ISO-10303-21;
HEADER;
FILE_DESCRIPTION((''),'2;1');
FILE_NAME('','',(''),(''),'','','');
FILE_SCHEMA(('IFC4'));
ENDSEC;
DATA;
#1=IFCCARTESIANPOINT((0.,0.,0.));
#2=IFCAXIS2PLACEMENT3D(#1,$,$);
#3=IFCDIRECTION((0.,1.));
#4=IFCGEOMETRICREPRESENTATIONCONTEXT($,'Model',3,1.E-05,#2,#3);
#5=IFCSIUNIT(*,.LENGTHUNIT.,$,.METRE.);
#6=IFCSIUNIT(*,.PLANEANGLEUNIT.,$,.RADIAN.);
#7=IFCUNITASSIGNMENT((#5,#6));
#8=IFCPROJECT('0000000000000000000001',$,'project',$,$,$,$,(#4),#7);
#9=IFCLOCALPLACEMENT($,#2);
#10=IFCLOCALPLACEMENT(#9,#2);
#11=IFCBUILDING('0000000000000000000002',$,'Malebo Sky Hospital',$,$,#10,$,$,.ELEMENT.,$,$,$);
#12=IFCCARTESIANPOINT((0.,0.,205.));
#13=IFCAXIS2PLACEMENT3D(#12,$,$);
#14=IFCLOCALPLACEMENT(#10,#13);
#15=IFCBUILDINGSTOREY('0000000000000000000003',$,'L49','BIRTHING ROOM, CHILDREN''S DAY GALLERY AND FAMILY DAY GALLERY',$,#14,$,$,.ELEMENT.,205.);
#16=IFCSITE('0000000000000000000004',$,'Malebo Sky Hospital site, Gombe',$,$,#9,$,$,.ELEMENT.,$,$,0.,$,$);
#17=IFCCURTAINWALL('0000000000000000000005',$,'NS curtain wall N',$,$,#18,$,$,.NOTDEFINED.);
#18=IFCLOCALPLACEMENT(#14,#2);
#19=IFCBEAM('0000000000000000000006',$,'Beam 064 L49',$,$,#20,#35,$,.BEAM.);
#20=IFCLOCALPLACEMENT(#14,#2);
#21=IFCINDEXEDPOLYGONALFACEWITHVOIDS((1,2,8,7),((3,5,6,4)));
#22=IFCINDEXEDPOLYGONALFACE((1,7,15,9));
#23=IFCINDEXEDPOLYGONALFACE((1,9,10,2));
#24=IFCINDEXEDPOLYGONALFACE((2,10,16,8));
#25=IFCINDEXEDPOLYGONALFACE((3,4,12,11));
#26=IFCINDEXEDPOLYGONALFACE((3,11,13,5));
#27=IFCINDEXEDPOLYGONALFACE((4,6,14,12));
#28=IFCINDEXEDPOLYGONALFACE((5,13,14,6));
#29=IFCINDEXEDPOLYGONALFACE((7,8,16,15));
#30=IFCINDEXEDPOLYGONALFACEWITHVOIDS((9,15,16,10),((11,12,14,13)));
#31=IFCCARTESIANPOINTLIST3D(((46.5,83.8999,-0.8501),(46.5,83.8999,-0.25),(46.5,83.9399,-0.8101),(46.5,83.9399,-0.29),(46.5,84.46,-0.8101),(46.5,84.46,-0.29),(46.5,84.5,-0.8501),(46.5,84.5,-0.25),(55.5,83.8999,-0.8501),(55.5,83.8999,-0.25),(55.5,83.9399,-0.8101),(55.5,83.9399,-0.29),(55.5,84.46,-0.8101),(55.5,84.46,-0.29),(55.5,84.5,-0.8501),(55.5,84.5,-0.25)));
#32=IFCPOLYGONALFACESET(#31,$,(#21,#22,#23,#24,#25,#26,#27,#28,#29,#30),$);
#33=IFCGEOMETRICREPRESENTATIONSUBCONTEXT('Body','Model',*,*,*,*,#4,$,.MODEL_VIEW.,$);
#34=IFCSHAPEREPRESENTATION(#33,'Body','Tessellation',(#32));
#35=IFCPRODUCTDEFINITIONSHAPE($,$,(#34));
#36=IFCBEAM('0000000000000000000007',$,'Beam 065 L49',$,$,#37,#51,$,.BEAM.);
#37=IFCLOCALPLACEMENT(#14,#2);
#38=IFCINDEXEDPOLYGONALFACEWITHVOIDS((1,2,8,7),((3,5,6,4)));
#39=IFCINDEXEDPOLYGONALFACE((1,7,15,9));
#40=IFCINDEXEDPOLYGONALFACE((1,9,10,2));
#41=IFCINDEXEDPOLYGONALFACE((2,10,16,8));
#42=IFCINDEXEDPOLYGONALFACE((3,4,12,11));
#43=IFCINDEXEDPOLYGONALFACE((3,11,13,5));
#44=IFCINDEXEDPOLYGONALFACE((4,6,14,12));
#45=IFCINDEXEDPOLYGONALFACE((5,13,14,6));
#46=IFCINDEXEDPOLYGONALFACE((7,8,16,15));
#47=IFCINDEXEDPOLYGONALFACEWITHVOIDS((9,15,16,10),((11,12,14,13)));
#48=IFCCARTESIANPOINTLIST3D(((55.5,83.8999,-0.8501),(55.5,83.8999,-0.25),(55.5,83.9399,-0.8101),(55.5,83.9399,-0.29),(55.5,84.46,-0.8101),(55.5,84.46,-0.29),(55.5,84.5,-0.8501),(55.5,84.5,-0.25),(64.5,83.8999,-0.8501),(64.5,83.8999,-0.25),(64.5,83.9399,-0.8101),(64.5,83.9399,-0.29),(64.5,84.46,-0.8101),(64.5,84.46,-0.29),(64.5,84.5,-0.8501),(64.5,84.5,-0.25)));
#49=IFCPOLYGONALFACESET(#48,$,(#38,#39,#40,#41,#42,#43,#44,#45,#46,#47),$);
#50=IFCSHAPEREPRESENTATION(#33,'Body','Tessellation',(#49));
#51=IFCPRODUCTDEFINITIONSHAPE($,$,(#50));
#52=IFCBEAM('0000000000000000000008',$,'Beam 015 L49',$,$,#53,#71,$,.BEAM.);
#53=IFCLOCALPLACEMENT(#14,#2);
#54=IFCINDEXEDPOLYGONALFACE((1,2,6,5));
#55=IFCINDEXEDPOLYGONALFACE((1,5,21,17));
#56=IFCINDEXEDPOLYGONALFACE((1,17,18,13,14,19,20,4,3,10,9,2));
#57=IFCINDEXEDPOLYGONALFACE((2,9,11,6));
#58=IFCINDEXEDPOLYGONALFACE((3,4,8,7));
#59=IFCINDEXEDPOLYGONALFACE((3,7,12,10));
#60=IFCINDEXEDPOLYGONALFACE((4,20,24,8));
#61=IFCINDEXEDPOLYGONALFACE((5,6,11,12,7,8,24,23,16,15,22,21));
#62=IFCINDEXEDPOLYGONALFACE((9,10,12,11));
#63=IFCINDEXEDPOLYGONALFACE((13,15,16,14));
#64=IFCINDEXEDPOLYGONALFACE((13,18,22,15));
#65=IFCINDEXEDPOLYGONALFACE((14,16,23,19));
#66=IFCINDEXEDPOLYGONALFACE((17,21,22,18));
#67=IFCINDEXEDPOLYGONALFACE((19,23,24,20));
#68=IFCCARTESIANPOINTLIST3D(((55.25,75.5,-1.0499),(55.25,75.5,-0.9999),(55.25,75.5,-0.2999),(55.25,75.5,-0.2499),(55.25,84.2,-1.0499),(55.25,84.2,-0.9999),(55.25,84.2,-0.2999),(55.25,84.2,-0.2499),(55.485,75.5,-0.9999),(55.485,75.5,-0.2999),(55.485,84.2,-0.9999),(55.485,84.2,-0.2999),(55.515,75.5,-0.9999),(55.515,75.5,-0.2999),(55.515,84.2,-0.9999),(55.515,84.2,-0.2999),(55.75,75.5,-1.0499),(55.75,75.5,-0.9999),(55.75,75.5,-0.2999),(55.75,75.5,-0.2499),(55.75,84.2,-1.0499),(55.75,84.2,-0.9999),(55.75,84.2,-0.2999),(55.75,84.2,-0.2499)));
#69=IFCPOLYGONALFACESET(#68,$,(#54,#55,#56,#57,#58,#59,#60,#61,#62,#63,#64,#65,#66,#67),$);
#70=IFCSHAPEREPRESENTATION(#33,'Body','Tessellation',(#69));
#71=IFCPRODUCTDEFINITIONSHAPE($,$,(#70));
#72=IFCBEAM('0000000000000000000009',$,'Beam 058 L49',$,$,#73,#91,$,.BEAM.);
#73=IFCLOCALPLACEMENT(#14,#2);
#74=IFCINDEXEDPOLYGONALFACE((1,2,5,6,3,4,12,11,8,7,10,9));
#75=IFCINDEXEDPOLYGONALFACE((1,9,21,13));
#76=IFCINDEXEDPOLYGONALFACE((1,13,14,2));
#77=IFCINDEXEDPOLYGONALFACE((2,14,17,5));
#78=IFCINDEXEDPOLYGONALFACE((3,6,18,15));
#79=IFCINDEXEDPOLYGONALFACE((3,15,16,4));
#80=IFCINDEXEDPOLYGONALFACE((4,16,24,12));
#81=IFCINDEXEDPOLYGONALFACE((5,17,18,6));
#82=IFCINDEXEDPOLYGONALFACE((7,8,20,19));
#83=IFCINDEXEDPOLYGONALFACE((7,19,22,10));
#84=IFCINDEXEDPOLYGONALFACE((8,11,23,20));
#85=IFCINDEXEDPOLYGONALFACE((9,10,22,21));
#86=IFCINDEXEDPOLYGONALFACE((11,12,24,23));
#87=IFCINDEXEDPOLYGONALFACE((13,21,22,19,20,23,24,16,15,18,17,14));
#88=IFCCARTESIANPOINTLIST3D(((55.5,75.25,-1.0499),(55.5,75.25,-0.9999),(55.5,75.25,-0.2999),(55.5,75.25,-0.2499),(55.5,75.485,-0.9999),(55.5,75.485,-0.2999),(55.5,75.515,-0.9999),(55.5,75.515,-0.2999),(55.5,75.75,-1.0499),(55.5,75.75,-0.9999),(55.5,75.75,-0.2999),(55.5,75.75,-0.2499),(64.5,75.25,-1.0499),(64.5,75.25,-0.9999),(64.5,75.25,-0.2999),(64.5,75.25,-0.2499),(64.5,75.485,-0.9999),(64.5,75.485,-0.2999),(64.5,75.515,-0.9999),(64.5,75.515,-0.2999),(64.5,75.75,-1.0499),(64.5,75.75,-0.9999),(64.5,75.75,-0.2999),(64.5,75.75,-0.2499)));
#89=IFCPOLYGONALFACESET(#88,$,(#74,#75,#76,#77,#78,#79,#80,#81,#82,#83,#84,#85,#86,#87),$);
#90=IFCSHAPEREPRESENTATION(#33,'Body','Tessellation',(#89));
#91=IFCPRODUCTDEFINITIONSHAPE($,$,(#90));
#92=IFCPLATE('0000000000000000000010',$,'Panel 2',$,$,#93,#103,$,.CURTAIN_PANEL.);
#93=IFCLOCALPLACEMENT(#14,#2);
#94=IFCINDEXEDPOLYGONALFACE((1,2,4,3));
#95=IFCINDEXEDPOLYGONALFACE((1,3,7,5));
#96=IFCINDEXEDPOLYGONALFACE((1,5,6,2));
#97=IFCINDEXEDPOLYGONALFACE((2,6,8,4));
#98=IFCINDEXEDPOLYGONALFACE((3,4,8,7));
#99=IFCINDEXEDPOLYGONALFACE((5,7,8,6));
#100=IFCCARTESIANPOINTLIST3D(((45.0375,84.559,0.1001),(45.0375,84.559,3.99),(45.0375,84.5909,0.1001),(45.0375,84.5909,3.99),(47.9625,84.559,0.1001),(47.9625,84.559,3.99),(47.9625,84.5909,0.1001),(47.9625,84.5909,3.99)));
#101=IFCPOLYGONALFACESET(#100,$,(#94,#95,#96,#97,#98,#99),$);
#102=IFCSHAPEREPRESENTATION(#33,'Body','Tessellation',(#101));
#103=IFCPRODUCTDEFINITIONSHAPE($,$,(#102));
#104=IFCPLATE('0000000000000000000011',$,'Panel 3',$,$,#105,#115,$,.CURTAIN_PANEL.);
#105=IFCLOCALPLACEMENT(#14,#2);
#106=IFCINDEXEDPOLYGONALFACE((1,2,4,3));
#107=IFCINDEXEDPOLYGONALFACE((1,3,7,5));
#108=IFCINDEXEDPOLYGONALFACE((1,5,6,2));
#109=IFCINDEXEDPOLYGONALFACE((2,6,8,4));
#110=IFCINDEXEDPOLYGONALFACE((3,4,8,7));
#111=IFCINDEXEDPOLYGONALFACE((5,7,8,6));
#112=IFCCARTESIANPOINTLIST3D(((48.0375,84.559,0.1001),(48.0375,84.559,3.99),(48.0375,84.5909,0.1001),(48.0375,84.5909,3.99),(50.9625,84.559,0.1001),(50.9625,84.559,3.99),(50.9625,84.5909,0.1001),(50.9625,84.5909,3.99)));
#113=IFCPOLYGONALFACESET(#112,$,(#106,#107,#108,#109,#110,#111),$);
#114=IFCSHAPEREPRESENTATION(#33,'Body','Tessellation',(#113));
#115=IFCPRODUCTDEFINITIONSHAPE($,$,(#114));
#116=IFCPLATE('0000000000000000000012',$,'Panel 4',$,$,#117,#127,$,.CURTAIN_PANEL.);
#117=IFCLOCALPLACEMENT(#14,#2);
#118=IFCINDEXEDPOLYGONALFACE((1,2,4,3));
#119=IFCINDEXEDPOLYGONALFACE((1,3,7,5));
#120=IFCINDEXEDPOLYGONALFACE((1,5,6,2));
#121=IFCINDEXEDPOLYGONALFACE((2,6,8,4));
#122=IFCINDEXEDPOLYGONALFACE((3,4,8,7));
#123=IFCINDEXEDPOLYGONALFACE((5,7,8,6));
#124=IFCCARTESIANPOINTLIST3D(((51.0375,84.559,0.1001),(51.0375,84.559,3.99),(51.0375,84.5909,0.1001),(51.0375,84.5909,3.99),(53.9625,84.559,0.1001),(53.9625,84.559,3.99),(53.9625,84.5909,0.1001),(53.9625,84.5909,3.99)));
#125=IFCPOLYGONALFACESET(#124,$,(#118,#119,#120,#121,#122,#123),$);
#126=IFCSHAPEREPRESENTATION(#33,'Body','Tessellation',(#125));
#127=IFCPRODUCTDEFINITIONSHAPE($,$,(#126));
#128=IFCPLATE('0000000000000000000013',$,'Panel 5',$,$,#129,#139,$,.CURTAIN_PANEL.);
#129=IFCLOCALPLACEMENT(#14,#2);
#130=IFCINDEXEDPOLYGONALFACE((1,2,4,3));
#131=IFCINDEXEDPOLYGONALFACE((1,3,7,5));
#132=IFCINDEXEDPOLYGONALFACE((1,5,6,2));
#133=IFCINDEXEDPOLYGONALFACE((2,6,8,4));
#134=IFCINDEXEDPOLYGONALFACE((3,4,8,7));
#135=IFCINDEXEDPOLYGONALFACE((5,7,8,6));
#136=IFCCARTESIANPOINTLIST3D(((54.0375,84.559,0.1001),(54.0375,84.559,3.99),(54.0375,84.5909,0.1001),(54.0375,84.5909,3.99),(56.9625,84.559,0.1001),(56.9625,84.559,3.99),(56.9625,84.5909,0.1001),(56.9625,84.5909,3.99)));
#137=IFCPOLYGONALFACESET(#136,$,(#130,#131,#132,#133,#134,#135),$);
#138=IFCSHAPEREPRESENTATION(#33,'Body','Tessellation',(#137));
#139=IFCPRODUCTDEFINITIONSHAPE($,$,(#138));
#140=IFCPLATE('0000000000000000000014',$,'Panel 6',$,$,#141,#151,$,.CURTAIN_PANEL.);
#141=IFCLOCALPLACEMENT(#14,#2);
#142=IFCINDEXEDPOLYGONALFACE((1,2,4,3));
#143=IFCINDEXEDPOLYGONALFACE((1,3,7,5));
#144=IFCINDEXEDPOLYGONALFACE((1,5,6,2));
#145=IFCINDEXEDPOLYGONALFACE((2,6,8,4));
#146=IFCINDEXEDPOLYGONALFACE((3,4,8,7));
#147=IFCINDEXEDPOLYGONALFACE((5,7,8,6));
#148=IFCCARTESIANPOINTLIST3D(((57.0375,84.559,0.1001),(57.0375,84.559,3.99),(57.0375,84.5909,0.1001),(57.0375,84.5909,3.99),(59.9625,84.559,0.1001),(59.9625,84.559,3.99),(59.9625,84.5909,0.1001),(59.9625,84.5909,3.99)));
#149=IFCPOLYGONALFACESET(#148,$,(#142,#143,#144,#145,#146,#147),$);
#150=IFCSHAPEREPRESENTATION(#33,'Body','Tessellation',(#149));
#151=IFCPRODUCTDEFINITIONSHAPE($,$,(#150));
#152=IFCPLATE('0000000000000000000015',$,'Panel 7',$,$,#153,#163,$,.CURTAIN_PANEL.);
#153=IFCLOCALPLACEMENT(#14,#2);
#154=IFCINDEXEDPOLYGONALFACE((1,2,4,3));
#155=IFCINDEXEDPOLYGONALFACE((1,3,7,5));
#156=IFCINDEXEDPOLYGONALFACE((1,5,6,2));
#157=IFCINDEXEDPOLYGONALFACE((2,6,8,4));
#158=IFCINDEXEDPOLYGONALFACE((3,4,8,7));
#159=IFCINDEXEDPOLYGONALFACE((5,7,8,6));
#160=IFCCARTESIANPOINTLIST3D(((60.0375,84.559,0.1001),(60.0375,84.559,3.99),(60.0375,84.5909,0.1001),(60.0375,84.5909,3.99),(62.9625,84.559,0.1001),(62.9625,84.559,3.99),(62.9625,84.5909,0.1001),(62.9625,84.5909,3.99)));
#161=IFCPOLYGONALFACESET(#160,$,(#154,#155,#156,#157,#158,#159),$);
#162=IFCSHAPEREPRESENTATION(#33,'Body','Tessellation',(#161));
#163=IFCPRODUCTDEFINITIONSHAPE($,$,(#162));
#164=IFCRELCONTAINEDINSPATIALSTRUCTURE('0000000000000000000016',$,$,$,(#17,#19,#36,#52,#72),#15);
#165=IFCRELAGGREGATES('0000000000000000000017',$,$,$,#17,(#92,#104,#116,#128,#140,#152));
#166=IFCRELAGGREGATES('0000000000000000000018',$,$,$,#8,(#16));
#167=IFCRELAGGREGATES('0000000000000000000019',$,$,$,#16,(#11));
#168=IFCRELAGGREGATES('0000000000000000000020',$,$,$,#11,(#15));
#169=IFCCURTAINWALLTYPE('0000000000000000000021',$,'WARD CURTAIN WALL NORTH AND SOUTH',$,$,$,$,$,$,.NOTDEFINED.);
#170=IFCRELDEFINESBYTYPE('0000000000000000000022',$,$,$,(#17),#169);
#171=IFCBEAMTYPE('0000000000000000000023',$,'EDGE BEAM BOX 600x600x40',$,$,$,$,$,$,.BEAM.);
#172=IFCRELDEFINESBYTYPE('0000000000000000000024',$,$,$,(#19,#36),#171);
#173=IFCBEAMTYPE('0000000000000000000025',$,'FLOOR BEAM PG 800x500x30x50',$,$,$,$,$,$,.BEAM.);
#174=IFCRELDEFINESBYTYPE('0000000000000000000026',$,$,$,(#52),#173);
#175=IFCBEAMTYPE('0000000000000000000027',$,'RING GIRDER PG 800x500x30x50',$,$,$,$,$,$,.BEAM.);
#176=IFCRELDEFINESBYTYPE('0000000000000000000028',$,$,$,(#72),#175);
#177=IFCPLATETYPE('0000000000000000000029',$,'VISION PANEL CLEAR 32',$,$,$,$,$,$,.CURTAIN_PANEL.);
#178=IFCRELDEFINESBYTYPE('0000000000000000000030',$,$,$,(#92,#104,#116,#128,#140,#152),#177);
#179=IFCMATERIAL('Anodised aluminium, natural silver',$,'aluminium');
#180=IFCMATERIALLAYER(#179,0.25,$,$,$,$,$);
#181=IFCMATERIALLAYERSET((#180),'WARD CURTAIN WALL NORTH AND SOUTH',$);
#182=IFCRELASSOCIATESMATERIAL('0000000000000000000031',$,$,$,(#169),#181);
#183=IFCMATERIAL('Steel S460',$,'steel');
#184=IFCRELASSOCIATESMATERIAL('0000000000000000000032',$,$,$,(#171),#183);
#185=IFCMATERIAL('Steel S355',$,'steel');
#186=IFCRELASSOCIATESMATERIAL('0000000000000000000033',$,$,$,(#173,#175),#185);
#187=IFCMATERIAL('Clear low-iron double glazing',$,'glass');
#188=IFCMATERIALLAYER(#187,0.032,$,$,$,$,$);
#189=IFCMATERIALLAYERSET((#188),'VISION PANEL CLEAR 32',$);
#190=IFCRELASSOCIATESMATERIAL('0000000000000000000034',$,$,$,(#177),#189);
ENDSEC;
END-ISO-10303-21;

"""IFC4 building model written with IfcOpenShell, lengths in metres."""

from ifc_helpers import new_model, si_unit, direction, frame, origin, origin_2d, place, context, subcontext, project, spatial, rectangle, hollow_rectangle, i_section, extrude, material, layer, layer_set, material_profile, profile_set, type_object, element, aggregate, save


model = new_model("IFC4")

# Units and contexts
model_context = context("Model", 3, precision=1e-05, world=origin(), true_north=direction((0.0, 1.0)))
body_context = subcontext(model_context, "Body", "Model", "MODEL_VIEW")
ifc_project = project(units=[si_unit("LENGTHUNIT", "METRE"), si_unit("PLANEANGLEUNIT", "RADIAN")], contexts=[model_context])

# Site, building, storey
site_placement = place(None, origin())
site = spatial("IfcSite", under=ifc_project, at=site_placement, Name="Malebo Sky Hospital site, Gombe", CompositionType="ELEMENT", RefElevation=0.0)
building_placement = place(site_placement, origin())
building = spatial("IfcBuilding", under=site, at=building_placement, Name="Malebo Sky Hospital", CompositionType="ELEMENT")
storey_placement = place(building_placement, frame((0.0, 0.0, 205.0)))
storey = spatial("IfcBuildingStorey", under=building, at=storey_placement, Name="L49", Description="BIRTHING ROOM, CHILDREN'S DAY GALLERY AND FAMILY DAY GALLERY", CompositionType="ELEMENT", Elevation=205.0)

# Shared definitions
ifc_material_1 = material(Name="Steel S460", Category="steel")

# Curtain wall
ifc_material_2 = material(Name="Anodised aluminium, natural silver", Category="aluminium")
ifc_layer_1 = layer(ifc_material_2, 0.25)
ifc_layer_set_1 = layer_set([ifc_layer_1], Name="WARD CURTAIN WALL NORTH AND SOUTH")
curtain_wall_type = type_object("IfcCurtainWallType", Name="WARD CURTAIN WALL NORTH AND SOUTH", PredefinedType="NOTDEFINED", material=ifc_layer_set_1)
curtain_wall_placement = place(storey_placement, origin())
curtain_wall = element("IfcCurtainWall", 1, at=curtain_wall_placement, inside=storey, type_object=curtain_wall_type, Name="NS curtain wall N", PredefinedType="NOTDEFINED")

# Beams
ifc_material_profile_1 = material_profile(ifc_material_1, hollow_rectangle(XDim=0.6001, YDim=0.6001, WallThickness=0.04, at=origin_2d()), Name="BOX 600x600x40")
ifc_profile_set_1 = profile_set([ifc_material_profile_1], Name="Steel S460")
beam_type_1 = type_object("IfcBeamType", Name="EDGE BEAM BOX 600x600x40", PredefinedType="BEAM", material=ifc_profile_set_1)
for number, where, z_axis, x_axis, name in (
    (2, (46.5, 84.2, -0.55), (1.0, 0.0, 0.0), (0.0, 1.0, 0.0), "Beam 064 L49"),
    (3, (55.5, 84.2, -0.55), (1.0, 0.0, 0.0), (0.0, 1.0, 0.0), "Beam 065 L49"),
):
    element("IfcBeam", number, at=place(storey_placement, frame(where, z_axis=z_axis, x_axis=x_axis)), inside=storey, type_object=beam_type_1, Name=name, PredefinedType="BEAM", context=body_context, shape_type="SweptSolid", body=[
        extrude(hollow_rectangle(XDim=0.6001, YDim=0.6001, WallThickness=0.04, at=origin_2d()), origin(), (0.0, 0.0, 1.0), 9.0),
    ])
ifc_material_3 = material(Name="Steel S355", Category="steel")
ifc_material_profile_2 = material_profile(ifc_material_3, i_section(OverallWidth=0.5, OverallDepth=0.8, WebThickness=0.03, FlangeThickness=0.05, at=origin_2d()), Name="PG 800x500x30x50")
ifc_profile_set_2 = profile_set([ifc_material_profile_2], Name="Steel S355")
beam_type_2 = type_object("IfcBeamType", Name="FLOOR BEAM PG 800x500x30x50", PredefinedType="BEAM", material=ifc_profile_set_2)
beam_1_placement = place(storey_placement, frame((55.5, 75.5, -0.6499), z_axis=(0.0, 1.0, 0.0), x_axis=(-1.0, 0.0, 0.0)))
element("IfcBeam", 4, at=beam_1_placement, inside=storey, type_object=beam_type_2, Name="Beam 015 L49", PredefinedType="BEAM", context=body_context, shape_type="SweptSolid", body=[
    extrude(i_section(OverallWidth=0.5, OverallDepth=0.8, WebThickness=0.03, FlangeThickness=0.05, at=origin_2d()), origin(), (0.0, 0.0, 1.0), 8.7),
])
ifc_material_profile_3 = material_profile(ifc_material_3, i_section(OverallWidth=0.5, OverallDepth=0.8, WebThickness=0.03, FlangeThickness=0.05, at=origin_2d()), Name="PG 800x500x30x50")
ifc_profile_set_3 = profile_set([ifc_material_profile_3], Name="Steel S355")
beam_type_3 = type_object("IfcBeamType", Name="RING GIRDER PG 800x500x30x50", PredefinedType="BEAM", material=ifc_profile_set_3)
beam_2_placement = place(storey_placement, frame((55.5, 75.5, -0.6499), z_axis=(1.0, 0.0, 0.0), x_axis=(0.0, 1.0, 0.0)))
element("IfcBeam", 5, at=beam_2_placement, inside=storey, type_object=beam_type_3, Name="Beam 058 L49", PredefinedType="BEAM", context=body_context, shape_type="SweptSolid", body=[
    extrude(i_section(OverallWidth=0.5, OverallDepth=0.8, WebThickness=0.03, FlangeThickness=0.05, at=origin_2d()), origin(), (0.0, 0.0, 1.0), 9.0),
])

# Plates
ifc_material_4 = material(Name="Clear low-iron double glazing", Category="glass")
ifc_layer_2 = layer(ifc_material_4, 0.032)
ifc_layer_set_2 = layer_set([ifc_layer_2], Name="VISION PANEL CLEAR 32")
plate_type = type_object("IfcPlateType", Name="VISION PANEL CLEAR 32", PredefinedType="CURTAIN_PANEL", material=ifc_layer_set_2)
plate_1_placement = place(storey_placement, frame((46.5, 84.575, 0.1001), z_axis=(0.0, 0.0, 1.0), x_axis=(1.0, 0.0, 0.0)))
plate_1 = element("IfcPlate", 6, at=plate_1_placement, type_object=plate_type, Name="Panel 2", PredefinedType="CURTAIN_PANEL", context=body_context, shape_type="SweptSolid", body=[
    extrude(rectangle(XDim=2.925, YDim=0.032, at=origin_2d()), origin(), (0.0, 0.0, 1.0), 3.8899),
])
plate_2_placement = place(storey_placement, frame((49.5, 84.575, 0.1001), z_axis=(0.0, 0.0, 1.0), x_axis=(1.0, 0.0, 0.0)))
plate_2 = element("IfcPlate", 7, at=plate_2_placement, type_object=plate_type, Name="Panel 3", PredefinedType="CURTAIN_PANEL", context=body_context, shape_type="SweptSolid", body=[
    extrude(rectangle(XDim=2.925, YDim=0.032, at=origin_2d()), origin(), (0.0, 0.0, 1.0), 3.8899),
])
plate_3_placement = place(storey_placement, frame((52.5, 84.575, 0.1001), z_axis=(0.0, 0.0, 1.0), x_axis=(1.0, 0.0, 0.0)))
plate_3 = element("IfcPlate", 8, at=plate_3_placement, type_object=plate_type, Name="Panel 4", PredefinedType="CURTAIN_PANEL", context=body_context, shape_type="SweptSolid", body=[
    extrude(rectangle(XDim=2.925, YDim=0.032, at=origin_2d()), origin(), (0.0, 0.0, 1.0), 3.8899),
])
plate_4_placement = place(storey_placement, frame((55.5, 84.575, 0.1001), z_axis=(0.0, 0.0, 1.0), x_axis=(1.0, 0.0, 0.0)))
plate_4 = element("IfcPlate", 9, at=plate_4_placement, type_object=plate_type, Name="Panel 5", PredefinedType="CURTAIN_PANEL", context=body_context, shape_type="SweptSolid", body=[
    extrude(rectangle(XDim=2.925, YDim=0.032, at=origin_2d()), origin(), (0.0, 0.0, 1.0), 3.8899),
])
plate_5_placement = place(storey_placement, frame((58.5, 84.575, 0.1001), z_axis=(0.0, 0.0, 1.0), x_axis=(1.0, 0.0, 0.0)))
plate_5 = element("IfcPlate", 10, at=plate_5_placement, type_object=plate_type, Name="Panel 6", PredefinedType="CURTAIN_PANEL", context=body_context, shape_type="SweptSolid", body=[
    extrude(rectangle(XDim=2.925, YDim=0.032, at=origin_2d()), origin(), (0.0, 0.0, 1.0), 3.8899),
])
plate_6_placement = place(storey_placement, frame((61.5, 84.575, 0.1001), z_axis=(0.0, 0.0, 1.0), x_axis=(1.0, 0.0, 0.0)))
plate_6 = element("IfcPlate", 11, at=plate_6_placement, type_object=plate_type, Name="Panel 7", PredefinedType="CURTAIN_PANEL", context=body_context, shape_type="SweptSolid", body=[
    extrude(rectangle(XDim=2.925, YDim=0.032, at=origin_2d()), origin(), (0.0, 0.0, 1.0), 3.8899),
])
aggregate(curtain_wall, [plate_1, plate_2, plate_3, plate_4, plate_5, plate_6])

save(model, "model.ifc")
